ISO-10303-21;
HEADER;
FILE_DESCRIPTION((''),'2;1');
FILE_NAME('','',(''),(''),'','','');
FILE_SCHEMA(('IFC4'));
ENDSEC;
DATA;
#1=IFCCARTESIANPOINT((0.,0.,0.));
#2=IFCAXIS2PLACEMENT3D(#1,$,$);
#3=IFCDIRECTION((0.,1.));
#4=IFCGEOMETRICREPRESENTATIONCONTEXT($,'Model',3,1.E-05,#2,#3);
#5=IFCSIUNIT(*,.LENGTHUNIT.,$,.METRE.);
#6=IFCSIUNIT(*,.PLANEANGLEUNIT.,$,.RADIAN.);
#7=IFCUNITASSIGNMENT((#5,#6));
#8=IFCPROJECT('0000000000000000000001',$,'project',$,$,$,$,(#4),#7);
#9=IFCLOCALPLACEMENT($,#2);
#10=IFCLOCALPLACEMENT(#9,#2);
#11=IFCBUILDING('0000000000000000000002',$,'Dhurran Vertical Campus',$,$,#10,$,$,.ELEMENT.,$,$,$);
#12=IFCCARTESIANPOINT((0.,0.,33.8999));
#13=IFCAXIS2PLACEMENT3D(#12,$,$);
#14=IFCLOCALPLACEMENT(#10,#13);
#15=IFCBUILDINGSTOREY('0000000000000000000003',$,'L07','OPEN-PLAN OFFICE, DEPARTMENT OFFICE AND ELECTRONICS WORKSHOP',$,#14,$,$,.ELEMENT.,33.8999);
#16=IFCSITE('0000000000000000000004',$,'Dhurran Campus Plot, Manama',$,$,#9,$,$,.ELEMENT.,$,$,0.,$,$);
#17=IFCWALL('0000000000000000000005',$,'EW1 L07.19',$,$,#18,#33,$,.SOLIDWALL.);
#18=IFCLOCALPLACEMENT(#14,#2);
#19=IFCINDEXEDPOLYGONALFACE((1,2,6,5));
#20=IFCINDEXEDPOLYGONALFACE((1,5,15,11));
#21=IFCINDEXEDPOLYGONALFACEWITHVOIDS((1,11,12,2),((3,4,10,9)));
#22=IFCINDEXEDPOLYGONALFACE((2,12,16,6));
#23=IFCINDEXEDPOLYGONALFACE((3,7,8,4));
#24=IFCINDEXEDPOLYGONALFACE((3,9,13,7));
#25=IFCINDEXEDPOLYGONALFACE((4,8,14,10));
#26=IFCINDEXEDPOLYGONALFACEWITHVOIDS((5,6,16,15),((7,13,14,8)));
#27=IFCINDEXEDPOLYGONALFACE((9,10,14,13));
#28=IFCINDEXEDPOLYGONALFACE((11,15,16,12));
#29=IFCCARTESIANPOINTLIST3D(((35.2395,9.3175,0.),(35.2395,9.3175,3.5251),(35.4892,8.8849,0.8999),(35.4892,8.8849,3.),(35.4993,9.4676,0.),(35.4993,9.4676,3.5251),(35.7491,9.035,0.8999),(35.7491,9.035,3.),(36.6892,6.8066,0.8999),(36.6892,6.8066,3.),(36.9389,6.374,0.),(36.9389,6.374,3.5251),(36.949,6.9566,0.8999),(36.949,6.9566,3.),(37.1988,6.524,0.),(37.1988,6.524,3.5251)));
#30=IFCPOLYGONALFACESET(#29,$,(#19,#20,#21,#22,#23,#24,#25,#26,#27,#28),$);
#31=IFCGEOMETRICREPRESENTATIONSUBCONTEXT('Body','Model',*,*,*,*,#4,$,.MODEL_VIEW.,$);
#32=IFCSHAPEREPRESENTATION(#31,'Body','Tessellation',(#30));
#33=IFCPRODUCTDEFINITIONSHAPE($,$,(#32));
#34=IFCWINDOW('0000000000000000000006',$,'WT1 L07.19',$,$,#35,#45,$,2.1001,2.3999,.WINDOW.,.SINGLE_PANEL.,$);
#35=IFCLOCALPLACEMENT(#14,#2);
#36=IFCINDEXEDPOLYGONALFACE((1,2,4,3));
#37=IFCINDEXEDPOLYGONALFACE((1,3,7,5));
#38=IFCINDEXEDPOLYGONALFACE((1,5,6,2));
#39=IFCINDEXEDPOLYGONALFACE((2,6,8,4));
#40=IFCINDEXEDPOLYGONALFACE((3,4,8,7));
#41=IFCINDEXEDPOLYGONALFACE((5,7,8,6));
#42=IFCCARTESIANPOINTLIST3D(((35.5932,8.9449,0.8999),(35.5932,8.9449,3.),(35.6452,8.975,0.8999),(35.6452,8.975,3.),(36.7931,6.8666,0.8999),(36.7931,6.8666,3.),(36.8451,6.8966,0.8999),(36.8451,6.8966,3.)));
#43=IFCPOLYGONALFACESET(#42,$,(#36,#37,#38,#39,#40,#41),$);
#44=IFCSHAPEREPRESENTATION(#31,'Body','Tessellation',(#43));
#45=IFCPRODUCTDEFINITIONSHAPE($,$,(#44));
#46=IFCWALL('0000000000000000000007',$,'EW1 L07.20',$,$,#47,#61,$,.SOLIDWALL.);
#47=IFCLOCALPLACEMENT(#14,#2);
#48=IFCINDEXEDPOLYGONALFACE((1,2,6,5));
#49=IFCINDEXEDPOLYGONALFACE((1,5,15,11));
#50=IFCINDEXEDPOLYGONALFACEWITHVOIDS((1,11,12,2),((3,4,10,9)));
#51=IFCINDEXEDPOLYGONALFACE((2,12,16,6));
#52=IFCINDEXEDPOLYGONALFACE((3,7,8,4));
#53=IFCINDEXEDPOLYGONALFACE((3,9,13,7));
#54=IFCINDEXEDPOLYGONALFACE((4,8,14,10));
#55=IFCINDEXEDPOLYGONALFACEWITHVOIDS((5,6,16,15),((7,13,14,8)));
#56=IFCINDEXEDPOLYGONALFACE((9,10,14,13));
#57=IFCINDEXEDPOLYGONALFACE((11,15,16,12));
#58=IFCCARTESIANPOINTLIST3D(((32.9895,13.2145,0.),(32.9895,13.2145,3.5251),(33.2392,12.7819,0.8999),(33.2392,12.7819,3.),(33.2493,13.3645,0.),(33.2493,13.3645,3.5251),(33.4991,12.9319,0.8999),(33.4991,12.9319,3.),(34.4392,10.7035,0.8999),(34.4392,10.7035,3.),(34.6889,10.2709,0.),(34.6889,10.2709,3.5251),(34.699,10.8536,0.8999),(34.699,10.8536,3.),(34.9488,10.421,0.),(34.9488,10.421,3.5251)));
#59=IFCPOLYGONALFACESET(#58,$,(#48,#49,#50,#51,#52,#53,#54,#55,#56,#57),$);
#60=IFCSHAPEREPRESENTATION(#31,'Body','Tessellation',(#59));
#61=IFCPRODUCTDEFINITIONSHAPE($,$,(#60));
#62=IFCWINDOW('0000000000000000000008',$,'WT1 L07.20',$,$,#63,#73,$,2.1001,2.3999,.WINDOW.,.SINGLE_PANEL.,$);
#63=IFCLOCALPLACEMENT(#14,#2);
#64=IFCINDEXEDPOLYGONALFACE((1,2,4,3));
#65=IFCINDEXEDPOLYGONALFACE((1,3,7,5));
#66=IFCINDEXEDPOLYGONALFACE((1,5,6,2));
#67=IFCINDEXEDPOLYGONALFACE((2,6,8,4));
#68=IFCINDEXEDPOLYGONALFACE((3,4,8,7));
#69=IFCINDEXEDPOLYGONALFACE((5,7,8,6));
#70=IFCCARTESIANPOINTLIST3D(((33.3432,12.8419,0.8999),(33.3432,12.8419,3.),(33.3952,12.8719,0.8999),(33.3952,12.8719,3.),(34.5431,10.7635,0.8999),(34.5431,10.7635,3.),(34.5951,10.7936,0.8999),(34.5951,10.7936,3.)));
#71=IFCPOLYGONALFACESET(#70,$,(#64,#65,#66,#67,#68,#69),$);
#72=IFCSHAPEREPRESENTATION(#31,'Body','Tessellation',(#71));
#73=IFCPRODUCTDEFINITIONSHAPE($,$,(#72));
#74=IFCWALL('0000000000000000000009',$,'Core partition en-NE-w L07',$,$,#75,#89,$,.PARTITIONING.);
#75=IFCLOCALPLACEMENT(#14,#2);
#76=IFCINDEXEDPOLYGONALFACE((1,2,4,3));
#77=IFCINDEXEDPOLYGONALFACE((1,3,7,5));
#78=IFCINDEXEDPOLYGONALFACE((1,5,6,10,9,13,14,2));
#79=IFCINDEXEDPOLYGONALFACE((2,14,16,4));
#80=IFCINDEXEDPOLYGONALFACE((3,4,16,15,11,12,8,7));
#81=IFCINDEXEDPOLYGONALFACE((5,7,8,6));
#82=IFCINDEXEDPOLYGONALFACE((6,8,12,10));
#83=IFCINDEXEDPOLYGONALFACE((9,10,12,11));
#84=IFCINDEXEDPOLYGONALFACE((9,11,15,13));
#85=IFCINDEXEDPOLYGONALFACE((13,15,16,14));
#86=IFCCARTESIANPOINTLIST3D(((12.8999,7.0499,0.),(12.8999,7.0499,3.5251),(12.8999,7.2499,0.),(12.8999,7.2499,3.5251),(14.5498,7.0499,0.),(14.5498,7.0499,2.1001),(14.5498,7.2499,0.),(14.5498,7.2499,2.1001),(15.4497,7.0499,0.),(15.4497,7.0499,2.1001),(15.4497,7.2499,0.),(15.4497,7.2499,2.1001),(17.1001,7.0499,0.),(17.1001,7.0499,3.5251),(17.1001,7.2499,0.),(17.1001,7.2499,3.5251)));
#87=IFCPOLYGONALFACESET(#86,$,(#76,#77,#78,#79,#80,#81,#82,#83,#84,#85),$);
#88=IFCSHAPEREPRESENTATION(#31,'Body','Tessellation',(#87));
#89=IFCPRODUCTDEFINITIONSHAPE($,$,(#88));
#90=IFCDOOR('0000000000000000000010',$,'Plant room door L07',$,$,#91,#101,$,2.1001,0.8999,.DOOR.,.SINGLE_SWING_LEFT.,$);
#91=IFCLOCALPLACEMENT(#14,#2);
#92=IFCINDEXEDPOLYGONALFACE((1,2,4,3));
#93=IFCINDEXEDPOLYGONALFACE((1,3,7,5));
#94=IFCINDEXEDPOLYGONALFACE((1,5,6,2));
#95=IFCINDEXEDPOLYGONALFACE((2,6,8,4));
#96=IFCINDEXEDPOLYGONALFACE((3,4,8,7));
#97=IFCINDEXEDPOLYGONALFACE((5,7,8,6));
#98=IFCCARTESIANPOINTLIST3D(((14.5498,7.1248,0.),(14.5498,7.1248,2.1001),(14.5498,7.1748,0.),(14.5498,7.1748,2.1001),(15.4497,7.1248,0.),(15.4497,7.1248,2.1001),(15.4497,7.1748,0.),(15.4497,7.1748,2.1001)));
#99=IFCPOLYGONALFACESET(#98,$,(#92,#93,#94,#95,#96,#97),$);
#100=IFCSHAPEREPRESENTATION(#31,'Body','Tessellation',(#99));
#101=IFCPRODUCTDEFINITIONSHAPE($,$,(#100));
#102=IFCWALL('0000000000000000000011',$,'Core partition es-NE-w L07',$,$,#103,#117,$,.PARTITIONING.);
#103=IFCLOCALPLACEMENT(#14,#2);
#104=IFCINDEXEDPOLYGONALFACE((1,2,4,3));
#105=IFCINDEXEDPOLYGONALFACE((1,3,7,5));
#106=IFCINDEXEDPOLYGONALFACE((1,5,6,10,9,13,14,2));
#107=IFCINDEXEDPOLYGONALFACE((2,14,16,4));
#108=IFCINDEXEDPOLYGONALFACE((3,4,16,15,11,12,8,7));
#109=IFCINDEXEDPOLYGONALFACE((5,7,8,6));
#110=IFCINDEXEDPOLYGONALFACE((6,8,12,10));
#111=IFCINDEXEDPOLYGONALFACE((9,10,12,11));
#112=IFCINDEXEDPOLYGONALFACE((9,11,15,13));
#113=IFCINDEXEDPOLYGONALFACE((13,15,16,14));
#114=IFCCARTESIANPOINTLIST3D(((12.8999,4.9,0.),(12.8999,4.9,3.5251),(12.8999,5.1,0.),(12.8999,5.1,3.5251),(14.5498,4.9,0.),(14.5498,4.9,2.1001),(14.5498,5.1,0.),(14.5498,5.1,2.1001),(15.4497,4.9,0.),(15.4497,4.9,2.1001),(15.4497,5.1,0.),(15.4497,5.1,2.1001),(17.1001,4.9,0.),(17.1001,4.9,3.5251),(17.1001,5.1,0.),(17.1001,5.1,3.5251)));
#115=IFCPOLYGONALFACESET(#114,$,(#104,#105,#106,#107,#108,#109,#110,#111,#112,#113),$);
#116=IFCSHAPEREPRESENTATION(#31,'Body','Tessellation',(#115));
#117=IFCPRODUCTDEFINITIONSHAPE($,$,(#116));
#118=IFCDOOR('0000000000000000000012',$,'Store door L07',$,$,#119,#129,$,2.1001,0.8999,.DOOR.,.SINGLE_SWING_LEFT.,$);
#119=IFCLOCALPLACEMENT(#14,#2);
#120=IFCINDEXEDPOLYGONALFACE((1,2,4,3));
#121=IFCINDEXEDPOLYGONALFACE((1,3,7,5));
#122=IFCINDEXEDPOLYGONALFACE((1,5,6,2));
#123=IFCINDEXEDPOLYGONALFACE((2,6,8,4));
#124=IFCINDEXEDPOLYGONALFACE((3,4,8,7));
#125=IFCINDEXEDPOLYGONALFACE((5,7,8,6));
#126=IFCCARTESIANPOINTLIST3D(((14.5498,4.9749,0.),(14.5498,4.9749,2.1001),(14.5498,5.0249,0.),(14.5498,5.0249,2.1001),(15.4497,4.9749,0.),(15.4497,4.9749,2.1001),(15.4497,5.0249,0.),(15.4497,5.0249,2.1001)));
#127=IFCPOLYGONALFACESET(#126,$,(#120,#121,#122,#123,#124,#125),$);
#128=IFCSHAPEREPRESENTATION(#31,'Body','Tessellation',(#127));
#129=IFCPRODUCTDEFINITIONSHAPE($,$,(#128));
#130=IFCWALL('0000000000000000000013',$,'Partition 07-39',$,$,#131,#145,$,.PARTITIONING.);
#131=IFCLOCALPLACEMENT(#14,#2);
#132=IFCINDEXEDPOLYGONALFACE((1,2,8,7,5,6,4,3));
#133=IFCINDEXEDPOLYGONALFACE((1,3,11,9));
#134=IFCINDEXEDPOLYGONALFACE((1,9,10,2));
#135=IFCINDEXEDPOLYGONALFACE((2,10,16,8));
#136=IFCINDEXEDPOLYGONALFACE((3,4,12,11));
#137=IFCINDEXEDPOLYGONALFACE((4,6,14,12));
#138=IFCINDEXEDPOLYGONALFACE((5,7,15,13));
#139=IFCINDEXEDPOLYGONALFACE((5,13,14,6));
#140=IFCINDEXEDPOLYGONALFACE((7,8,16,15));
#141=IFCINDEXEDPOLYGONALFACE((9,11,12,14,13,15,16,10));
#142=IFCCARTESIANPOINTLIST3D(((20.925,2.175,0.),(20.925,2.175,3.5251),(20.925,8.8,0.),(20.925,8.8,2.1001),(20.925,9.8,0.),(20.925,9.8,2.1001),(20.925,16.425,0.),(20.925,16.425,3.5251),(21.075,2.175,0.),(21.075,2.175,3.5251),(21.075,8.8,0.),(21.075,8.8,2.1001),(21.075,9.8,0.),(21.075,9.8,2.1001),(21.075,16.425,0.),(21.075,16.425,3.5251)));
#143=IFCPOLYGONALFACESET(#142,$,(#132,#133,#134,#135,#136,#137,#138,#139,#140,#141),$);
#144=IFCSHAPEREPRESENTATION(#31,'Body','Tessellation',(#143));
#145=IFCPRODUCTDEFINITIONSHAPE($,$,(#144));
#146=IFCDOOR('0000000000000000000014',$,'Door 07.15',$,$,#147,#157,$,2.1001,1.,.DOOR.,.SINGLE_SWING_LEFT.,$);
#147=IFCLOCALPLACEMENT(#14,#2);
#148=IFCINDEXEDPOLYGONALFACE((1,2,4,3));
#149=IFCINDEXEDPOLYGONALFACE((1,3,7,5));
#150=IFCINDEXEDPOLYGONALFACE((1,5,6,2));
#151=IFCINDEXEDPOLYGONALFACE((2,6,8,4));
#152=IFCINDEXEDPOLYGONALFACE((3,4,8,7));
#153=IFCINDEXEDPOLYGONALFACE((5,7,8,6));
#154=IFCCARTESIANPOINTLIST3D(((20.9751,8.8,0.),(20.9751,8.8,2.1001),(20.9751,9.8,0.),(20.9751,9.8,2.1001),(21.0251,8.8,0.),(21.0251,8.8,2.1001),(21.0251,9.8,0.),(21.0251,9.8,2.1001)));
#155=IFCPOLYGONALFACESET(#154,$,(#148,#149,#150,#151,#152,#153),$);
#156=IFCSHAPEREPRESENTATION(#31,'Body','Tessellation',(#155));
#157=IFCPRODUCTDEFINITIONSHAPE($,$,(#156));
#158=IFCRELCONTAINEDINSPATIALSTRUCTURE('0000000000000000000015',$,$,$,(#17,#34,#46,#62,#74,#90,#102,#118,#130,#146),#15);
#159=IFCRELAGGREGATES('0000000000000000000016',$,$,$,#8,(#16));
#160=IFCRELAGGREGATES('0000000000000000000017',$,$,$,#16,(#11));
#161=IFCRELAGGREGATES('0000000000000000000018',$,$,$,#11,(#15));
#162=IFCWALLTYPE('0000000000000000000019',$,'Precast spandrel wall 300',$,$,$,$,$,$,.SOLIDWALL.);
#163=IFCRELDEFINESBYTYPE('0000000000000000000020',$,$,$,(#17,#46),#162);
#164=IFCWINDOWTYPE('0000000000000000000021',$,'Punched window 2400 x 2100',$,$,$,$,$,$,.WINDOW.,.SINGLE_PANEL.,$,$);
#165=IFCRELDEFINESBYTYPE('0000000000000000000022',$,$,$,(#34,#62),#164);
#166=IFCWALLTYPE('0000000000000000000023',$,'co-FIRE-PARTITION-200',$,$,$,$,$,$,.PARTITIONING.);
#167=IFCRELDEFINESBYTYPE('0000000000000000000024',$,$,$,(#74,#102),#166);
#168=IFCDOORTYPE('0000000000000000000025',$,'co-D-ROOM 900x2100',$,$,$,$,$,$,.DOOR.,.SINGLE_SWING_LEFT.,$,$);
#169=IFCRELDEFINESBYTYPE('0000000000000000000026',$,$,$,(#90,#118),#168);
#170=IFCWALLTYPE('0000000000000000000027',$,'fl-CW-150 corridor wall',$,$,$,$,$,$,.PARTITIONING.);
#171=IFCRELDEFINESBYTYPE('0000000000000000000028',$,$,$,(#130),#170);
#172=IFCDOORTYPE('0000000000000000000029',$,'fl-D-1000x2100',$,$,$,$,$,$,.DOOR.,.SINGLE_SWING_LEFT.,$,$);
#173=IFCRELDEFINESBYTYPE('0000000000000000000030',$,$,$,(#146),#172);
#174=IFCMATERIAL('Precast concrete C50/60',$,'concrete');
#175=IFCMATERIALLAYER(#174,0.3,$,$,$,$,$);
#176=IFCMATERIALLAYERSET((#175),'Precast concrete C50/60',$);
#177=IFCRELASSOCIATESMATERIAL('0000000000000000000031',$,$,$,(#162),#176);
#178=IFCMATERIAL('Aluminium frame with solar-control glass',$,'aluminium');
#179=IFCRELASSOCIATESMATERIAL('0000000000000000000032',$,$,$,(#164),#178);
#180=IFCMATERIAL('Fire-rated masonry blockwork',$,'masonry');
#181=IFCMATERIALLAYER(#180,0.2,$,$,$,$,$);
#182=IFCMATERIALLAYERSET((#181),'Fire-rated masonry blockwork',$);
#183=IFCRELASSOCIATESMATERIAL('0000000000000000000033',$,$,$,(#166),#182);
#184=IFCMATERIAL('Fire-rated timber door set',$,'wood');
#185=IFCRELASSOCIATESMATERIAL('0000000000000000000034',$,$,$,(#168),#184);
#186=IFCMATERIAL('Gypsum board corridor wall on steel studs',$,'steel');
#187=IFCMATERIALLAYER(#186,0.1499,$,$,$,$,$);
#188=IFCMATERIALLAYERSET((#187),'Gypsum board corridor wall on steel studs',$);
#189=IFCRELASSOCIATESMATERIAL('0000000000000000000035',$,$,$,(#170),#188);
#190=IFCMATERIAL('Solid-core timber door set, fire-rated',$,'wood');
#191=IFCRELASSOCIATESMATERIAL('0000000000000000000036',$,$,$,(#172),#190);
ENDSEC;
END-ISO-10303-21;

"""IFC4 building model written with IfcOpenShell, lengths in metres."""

from ifc_helpers import new_model, si_unit, direction, frame, frame_2d, origin, place, context, subcontext, project, spatial, rectangle, extrude, material, layer, layer_set, type_object, element, fill, save


model = new_model("IFC4")

# Units and contexts
model_context = context("Model", 3, precision=1e-05, world=origin(), true_north=direction((0.0, 1.0)))
body_context = subcontext(model_context, "Body", "Model", "MODEL_VIEW")
ifc_project = project(units=[si_unit("LENGTHUNIT", "METRE"), si_unit("PLANEANGLEUNIT", "RADIAN")], contexts=[model_context])

# Site, building, storey
site_placement = place(None, origin())
site = spatial("IfcSite", under=ifc_project, at=site_placement, Name="Dhurran Campus Plot, Manama", CompositionType="ELEMENT", RefElevation=0.0)
building_placement = place(site_placement, origin())
building = spatial("IfcBuilding", under=site, at=building_placement, Name="Dhurran Vertical Campus", CompositionType="ELEMENT")
storey_placement = place(building_placement, frame((0.0, 0.0, 33.8999)))
storey = spatial("IfcBuildingStorey", under=building, at=storey_placement, Name="L07", Description="OPEN-PLAN OFFICE, DEPARTMENT OFFICE AND ELECTRONICS WORKSHOP", CompositionType="ELEMENT", Elevation=33.8999)

# Walls, openings, windows
ifc_material_1 = material(Name="Precast concrete C50/60", Category="concrete")
ifc_layer_1 = layer(ifc_material_1, 0.3)
ifc_layer_set_1 = layer_set([ifc_layer_1], Name="Precast concrete C50/60")
wall_type_1 = type_object("IfcWallType", Name="Precast spandrel wall 300", PredefinedType="SOLIDWALL", material=ifc_layer_set_1)
ifc_material_2 = material(Name="Aluminium frame with solar-control glass", Category="aluminium")
window_type = type_object("IfcWindowType", Name="Punched window 2400 x 2100", PartitioningType="SINGLE_PANEL", PredefinedType="WINDOW", material=ifc_material_2)
wall_1_placement = place(storey_placement, frame((37.0688, 6.449, 0.0), z_axis=(0.0, 0.0, 1.0), x_axis=(-0.499994, 0.866029, 0.0)))
wall_1 = element("IfcWall", 1, at=wall_1_placement, inside=storey, type_object=wall_type_1, Name="EW1 L07.19", PredefinedType="SOLIDWALL", context=body_context, shape_type="SweptSolid", body=[
    extrude(rectangle(XDim=3.3989, YDim=0.3, at=frame_2d((1.6995, 0.0))), origin(), (0.0, 0.0, 1.0), 3.5251),
])
opening_1_placement = place(wall_1_placement, frame((0.4995, 0.0, 0.8999)))
opening_1 = element("IfcOpeningElement", 2, at=opening_1_placement, cuts=wall_1, PredefinedType="OPENING", context=body_context, shape_type="SweptSolid", body=[
    extrude(rectangle(XDim=2.3999, YDim=2.1001, at=frame_2d((1.2, 1.05))), frame((0.0, 0.1599, 0.0), z_axis=(0.0, -1.0, 0.0), x_axis=(1.0, 0.0, 0.0)), (0.0, 0.0, 1.0), 0.3201),
])
window_1_placement = place(opening_1_placement, origin())
window_1 = element("IfcWindow", 3, at=window_1_placement, inside=storey, type_object=window_type, Name="WT1 L07.19", OverallHeight=2.1001, OverallWidth=2.3999, PartitioningType="SINGLE_PANEL", PredefinedType="WINDOW", context=body_context, shape_type="SweptSolid", body=[
    extrude(rectangle(XDim=2.3999, YDim=2.1001, at=frame_2d((1.2, 1.05))), frame((0.0, 0.03, 0.0), z_axis=(0.0, -1.0, 0.0), x_axis=(1.0, 0.0, 0.0)), (0.0, 0.0, 1.0), 0.0601),
])
fill(opening_1, window_1)
wall_2_placement = place(storey_placement, frame((34.8188, 10.3459, 0.0), z_axis=(0.0, 0.0, 1.0), x_axis=(-0.499994, 0.866029, 0.0)))
wall_2 = element("IfcWall", 4, at=wall_2_placement, inside=storey, type_object=wall_type_1, Name="EW1 L07.20", PredefinedType="SOLIDWALL", context=body_context, shape_type="SweptSolid", body=[
    extrude(rectangle(XDim=3.3989, YDim=0.3, at=frame_2d((1.6995, 0.0))), origin(), (0.0, 0.0, 1.0), 3.5251),
])
opening_2_placement = place(wall_2_placement, frame((0.4995, 0.0, 0.8999)))
opening_2 = element("IfcOpeningElement", 5, at=opening_2_placement, cuts=wall_2, PredefinedType="OPENING", context=body_context, shape_type="SweptSolid", body=[
    extrude(rectangle(XDim=2.3999, YDim=2.1001, at=frame_2d((1.2, 1.05))), frame((0.0, 0.1599, 0.0), z_axis=(0.0, -1.0, 0.0), x_axis=(1.0, 0.0, 0.0)), (0.0, 0.0, 1.0), 0.3201),
])
window_2_placement = place(opening_2_placement, origin())
window_2 = element("IfcWindow", 6, at=window_2_placement, inside=storey, type_object=window_type, Name="WT1 L07.20", OverallHeight=2.1001, OverallWidth=2.3999, PartitioningType="SINGLE_PANEL", PredefinedType="WINDOW", context=body_context, shape_type="SweptSolid", body=[
    extrude(rectangle(XDim=2.3999, YDim=2.1001, at=frame_2d((1.2, 1.05))), frame((0.0, 0.03, 0.0), z_axis=(0.0, -1.0, 0.0), x_axis=(1.0, 0.0, 0.0)), (0.0, 0.0, 1.0), 0.0601),
])
fill(opening_2, window_2)

# Walls, openings, doors
ifc_material_3 = material(Name="Fire-rated masonry blockwork", Category="masonry")
ifc_layer_2 = layer(ifc_material_3, 0.2)
ifc_layer_set_2 = layer_set([ifc_layer_2], Name="Fire-rated masonry blockwork")
wall_type_2 = type_object("IfcWallType", Name="co-FIRE-PARTITION-200", PredefinedType="PARTITIONING", material=ifc_layer_set_2)
wall_3_placement = place(storey_placement, frame((12.8999, 7.1499, 0.0), z_axis=(0.0, 0.0, 1.0), x_axis=(1.0, 0.0, 0.0)))
wall_3 = element("IfcWall", 7, at=wall_3_placement, inside=storey, type_object=wall_type_2, Name="Core partition en-NE-w L07", PredefinedType="PARTITIONING", context=body_context, shape_type="SweptSolid", body=[
    extrude(rectangle(XDim=4.2002, YDim=0.2, at=frame_2d((2.1001, 0.0))), origin(), (0.0, 0.0, 1.0), 3.5251),
])
opening_3_placement = place(wall_3_placement, frame((1.6499, 0.0, 0.0)))
opening_3 = element("IfcOpeningElement", 8, at=opening_3_placement, cuts=wall_3, PredefinedType="OPENING", context=body_context, shape_type="SweptSolid", body=[
    extrude(rectangle(XDim=0.8999, YDim=2.1001, at=frame_2d((0.45, 1.05))), frame((0.0, 0.1099, 0.0), z_axis=(0.0, -1.0, 0.0), x_axis=(1.0, 0.0, 0.0)), (0.0, 0.0, 1.0), 0.22),
])
ifc_material_4 = material(Name="Fire-rated timber door set", Category="wood")
door_type_1 = type_object("IfcDoorType", Name="co-D-ROOM 900x2100", OperationType="SINGLE_SWING_LEFT", PredefinedType="DOOR", material=ifc_material_4)
door_1_placement = place(opening_3_placement, origin())
door_1 = element("IfcDoor", 9, at=door_1_placement, inside=storey, type_object=door_type_1, Name="Plant room door L07", OperationType="SINGLE_SWING_LEFT", OverallHeight=2.1001, OverallWidth=0.8999, PredefinedType="DOOR", context=body_context, shape_type="SweptSolid", body=[
    extrude(rectangle(XDim=0.8999, YDim=2.1001, at=frame_2d((0.45, 1.05))), frame((0.0, 0.0249, 0.0), z_axis=(0.0, -1.0, 0.0), x_axis=(1.0, 0.0, 0.0)), (0.0, 0.0, 1.0), 0.05),
])
fill(opening_3, door_1)
wall_4_placement = place(storey_placement, frame((12.8999, 5.0, 0.0), z_axis=(0.0, 0.0, 1.0), x_axis=(1.0, 0.0, 0.0)))
wall_4 = element("IfcWall", 10, at=wall_4_placement, inside=storey, type_object=wall_type_2, Name="Core partition es-NE-w L07", PredefinedType="PARTITIONING", context=body_context, shape_type="SweptSolid", body=[
    extrude(rectangle(XDim=4.2002, YDim=0.2, at=frame_2d((2.1001, 0.0))), origin(), (0.0, 0.0, 1.0), 3.5251),
])
opening_4_placement = place(wall_4_placement, frame((1.6499, 0.0, 0.0)))
opening_4 = element("IfcOpeningElement", 11, at=opening_4_placement, cuts=wall_4, PredefinedType="OPENING", context=body_context, shape_type="SweptSolid", body=[
    extrude(rectangle(XDim=0.8999, YDim=2.1001, at=frame_2d((0.45, 1.05))), frame((0.0, 0.1099, 0.0), z_axis=(0.0, -1.0, 0.0), x_axis=(1.0, 0.0, 0.0)), (0.0, 0.0, 1.0), 0.22),
])
door_2_placement = place(opening_4_placement, origin())
door_2 = element("IfcDoor", 12, at=door_2_placement, inside=storey, type_object=door_type_1, Name="Store door L07", OperationType="SINGLE_SWING_LEFT", OverallHeight=2.1001, OverallWidth=0.8999, PredefinedType="DOOR", context=body_context, shape_type="SweptSolid", body=[
    extrude(rectangle(XDim=0.8999, YDim=2.1001, at=frame_2d((0.45, 1.05))), frame((0.0, 0.0249, 0.0), z_axis=(0.0, -1.0, 0.0), x_axis=(1.0, 0.0, 0.0)), (0.0, 0.0, 1.0), 0.05),
])
fill(opening_4, door_2)
ifc_material_5 = material(Name="Gypsum board corridor wall on steel studs", Category="steel")
ifc_layer_3 = layer(ifc_material_5, 0.1499)
ifc_layer_set_3 = layer_set([ifc_layer_3], Name="Gypsum board corridor wall on steel studs")
wall_type_3 = type_object("IfcWallType", Name="fl-CW-150 corridor wall", PredefinedType="PARTITIONING", material=ifc_layer_set_3)
wall_5_placement = place(storey_placement, frame((21.0, 2.175, 0.0), z_axis=(0.0, 0.0, 1.0), x_axis=(0.0, 1.0, 0.0)))
wall_5 = element("IfcWall", 13, at=wall_5_placement, inside=storey, type_object=wall_type_3, Name="Partition 07-39", PredefinedType="PARTITIONING", context=body_context, shape_type="SweptSolid", body=[
    extrude(rectangle(XDim=14.25, YDim=0.1499, at=frame_2d((7.125, 0.0))), origin(), (0.0, 0.0, 1.0), 3.5251),
])
opening_5_placement = place(wall_5_placement, frame((6.625, 0.0, 0.0)))
opening_5 = element("IfcOpeningElement", 14, at=opening_5_placement, cuts=wall_5, PredefinedType="OPENING", context=body_context, shape_type="SweptSolid", body=[
    extrude(rectangle(XDim=1.0, YDim=2.1001, at=frame_2d((0.5, 1.05))), frame((0.0, 0.085, 0.0), z_axis=(0.0, -1.0, 0.0), x_axis=(1.0, 0.0, 0.0)), (0.0, 0.0, 1.0), 0.1699),
])
ifc_material_6 = material(Name="Solid-core timber door set, fire-rated", Category="wood")
door_type_2 = type_object("IfcDoorType", Name="fl-D-1000x2100", OperationType="SINGLE_SWING_LEFT", PredefinedType="DOOR", material=ifc_material_6)
door_3_placement = place(opening_5_placement, origin())
door_3 = element("IfcDoor", 15, at=door_3_placement, inside=storey, type_object=door_type_2, Name="Door 07.15", OperationType="SINGLE_SWING_LEFT", OverallHeight=2.1001, OverallWidth=1.0, PredefinedType="DOOR", context=body_context, shape_type="SweptSolid", body=[
    extrude(rectangle(XDim=1.0, YDim=2.1001, at=frame_2d((0.5, 1.05))), frame((0.0, 0.0249, 0.0), z_axis=(0.0, -1.0, 0.0), x_axis=(1.0, 0.0, 0.0)), (0.0, 0.0, 1.0), 0.05),
])
fill(opening_5, door_3)

save(model, "model.ifc")
